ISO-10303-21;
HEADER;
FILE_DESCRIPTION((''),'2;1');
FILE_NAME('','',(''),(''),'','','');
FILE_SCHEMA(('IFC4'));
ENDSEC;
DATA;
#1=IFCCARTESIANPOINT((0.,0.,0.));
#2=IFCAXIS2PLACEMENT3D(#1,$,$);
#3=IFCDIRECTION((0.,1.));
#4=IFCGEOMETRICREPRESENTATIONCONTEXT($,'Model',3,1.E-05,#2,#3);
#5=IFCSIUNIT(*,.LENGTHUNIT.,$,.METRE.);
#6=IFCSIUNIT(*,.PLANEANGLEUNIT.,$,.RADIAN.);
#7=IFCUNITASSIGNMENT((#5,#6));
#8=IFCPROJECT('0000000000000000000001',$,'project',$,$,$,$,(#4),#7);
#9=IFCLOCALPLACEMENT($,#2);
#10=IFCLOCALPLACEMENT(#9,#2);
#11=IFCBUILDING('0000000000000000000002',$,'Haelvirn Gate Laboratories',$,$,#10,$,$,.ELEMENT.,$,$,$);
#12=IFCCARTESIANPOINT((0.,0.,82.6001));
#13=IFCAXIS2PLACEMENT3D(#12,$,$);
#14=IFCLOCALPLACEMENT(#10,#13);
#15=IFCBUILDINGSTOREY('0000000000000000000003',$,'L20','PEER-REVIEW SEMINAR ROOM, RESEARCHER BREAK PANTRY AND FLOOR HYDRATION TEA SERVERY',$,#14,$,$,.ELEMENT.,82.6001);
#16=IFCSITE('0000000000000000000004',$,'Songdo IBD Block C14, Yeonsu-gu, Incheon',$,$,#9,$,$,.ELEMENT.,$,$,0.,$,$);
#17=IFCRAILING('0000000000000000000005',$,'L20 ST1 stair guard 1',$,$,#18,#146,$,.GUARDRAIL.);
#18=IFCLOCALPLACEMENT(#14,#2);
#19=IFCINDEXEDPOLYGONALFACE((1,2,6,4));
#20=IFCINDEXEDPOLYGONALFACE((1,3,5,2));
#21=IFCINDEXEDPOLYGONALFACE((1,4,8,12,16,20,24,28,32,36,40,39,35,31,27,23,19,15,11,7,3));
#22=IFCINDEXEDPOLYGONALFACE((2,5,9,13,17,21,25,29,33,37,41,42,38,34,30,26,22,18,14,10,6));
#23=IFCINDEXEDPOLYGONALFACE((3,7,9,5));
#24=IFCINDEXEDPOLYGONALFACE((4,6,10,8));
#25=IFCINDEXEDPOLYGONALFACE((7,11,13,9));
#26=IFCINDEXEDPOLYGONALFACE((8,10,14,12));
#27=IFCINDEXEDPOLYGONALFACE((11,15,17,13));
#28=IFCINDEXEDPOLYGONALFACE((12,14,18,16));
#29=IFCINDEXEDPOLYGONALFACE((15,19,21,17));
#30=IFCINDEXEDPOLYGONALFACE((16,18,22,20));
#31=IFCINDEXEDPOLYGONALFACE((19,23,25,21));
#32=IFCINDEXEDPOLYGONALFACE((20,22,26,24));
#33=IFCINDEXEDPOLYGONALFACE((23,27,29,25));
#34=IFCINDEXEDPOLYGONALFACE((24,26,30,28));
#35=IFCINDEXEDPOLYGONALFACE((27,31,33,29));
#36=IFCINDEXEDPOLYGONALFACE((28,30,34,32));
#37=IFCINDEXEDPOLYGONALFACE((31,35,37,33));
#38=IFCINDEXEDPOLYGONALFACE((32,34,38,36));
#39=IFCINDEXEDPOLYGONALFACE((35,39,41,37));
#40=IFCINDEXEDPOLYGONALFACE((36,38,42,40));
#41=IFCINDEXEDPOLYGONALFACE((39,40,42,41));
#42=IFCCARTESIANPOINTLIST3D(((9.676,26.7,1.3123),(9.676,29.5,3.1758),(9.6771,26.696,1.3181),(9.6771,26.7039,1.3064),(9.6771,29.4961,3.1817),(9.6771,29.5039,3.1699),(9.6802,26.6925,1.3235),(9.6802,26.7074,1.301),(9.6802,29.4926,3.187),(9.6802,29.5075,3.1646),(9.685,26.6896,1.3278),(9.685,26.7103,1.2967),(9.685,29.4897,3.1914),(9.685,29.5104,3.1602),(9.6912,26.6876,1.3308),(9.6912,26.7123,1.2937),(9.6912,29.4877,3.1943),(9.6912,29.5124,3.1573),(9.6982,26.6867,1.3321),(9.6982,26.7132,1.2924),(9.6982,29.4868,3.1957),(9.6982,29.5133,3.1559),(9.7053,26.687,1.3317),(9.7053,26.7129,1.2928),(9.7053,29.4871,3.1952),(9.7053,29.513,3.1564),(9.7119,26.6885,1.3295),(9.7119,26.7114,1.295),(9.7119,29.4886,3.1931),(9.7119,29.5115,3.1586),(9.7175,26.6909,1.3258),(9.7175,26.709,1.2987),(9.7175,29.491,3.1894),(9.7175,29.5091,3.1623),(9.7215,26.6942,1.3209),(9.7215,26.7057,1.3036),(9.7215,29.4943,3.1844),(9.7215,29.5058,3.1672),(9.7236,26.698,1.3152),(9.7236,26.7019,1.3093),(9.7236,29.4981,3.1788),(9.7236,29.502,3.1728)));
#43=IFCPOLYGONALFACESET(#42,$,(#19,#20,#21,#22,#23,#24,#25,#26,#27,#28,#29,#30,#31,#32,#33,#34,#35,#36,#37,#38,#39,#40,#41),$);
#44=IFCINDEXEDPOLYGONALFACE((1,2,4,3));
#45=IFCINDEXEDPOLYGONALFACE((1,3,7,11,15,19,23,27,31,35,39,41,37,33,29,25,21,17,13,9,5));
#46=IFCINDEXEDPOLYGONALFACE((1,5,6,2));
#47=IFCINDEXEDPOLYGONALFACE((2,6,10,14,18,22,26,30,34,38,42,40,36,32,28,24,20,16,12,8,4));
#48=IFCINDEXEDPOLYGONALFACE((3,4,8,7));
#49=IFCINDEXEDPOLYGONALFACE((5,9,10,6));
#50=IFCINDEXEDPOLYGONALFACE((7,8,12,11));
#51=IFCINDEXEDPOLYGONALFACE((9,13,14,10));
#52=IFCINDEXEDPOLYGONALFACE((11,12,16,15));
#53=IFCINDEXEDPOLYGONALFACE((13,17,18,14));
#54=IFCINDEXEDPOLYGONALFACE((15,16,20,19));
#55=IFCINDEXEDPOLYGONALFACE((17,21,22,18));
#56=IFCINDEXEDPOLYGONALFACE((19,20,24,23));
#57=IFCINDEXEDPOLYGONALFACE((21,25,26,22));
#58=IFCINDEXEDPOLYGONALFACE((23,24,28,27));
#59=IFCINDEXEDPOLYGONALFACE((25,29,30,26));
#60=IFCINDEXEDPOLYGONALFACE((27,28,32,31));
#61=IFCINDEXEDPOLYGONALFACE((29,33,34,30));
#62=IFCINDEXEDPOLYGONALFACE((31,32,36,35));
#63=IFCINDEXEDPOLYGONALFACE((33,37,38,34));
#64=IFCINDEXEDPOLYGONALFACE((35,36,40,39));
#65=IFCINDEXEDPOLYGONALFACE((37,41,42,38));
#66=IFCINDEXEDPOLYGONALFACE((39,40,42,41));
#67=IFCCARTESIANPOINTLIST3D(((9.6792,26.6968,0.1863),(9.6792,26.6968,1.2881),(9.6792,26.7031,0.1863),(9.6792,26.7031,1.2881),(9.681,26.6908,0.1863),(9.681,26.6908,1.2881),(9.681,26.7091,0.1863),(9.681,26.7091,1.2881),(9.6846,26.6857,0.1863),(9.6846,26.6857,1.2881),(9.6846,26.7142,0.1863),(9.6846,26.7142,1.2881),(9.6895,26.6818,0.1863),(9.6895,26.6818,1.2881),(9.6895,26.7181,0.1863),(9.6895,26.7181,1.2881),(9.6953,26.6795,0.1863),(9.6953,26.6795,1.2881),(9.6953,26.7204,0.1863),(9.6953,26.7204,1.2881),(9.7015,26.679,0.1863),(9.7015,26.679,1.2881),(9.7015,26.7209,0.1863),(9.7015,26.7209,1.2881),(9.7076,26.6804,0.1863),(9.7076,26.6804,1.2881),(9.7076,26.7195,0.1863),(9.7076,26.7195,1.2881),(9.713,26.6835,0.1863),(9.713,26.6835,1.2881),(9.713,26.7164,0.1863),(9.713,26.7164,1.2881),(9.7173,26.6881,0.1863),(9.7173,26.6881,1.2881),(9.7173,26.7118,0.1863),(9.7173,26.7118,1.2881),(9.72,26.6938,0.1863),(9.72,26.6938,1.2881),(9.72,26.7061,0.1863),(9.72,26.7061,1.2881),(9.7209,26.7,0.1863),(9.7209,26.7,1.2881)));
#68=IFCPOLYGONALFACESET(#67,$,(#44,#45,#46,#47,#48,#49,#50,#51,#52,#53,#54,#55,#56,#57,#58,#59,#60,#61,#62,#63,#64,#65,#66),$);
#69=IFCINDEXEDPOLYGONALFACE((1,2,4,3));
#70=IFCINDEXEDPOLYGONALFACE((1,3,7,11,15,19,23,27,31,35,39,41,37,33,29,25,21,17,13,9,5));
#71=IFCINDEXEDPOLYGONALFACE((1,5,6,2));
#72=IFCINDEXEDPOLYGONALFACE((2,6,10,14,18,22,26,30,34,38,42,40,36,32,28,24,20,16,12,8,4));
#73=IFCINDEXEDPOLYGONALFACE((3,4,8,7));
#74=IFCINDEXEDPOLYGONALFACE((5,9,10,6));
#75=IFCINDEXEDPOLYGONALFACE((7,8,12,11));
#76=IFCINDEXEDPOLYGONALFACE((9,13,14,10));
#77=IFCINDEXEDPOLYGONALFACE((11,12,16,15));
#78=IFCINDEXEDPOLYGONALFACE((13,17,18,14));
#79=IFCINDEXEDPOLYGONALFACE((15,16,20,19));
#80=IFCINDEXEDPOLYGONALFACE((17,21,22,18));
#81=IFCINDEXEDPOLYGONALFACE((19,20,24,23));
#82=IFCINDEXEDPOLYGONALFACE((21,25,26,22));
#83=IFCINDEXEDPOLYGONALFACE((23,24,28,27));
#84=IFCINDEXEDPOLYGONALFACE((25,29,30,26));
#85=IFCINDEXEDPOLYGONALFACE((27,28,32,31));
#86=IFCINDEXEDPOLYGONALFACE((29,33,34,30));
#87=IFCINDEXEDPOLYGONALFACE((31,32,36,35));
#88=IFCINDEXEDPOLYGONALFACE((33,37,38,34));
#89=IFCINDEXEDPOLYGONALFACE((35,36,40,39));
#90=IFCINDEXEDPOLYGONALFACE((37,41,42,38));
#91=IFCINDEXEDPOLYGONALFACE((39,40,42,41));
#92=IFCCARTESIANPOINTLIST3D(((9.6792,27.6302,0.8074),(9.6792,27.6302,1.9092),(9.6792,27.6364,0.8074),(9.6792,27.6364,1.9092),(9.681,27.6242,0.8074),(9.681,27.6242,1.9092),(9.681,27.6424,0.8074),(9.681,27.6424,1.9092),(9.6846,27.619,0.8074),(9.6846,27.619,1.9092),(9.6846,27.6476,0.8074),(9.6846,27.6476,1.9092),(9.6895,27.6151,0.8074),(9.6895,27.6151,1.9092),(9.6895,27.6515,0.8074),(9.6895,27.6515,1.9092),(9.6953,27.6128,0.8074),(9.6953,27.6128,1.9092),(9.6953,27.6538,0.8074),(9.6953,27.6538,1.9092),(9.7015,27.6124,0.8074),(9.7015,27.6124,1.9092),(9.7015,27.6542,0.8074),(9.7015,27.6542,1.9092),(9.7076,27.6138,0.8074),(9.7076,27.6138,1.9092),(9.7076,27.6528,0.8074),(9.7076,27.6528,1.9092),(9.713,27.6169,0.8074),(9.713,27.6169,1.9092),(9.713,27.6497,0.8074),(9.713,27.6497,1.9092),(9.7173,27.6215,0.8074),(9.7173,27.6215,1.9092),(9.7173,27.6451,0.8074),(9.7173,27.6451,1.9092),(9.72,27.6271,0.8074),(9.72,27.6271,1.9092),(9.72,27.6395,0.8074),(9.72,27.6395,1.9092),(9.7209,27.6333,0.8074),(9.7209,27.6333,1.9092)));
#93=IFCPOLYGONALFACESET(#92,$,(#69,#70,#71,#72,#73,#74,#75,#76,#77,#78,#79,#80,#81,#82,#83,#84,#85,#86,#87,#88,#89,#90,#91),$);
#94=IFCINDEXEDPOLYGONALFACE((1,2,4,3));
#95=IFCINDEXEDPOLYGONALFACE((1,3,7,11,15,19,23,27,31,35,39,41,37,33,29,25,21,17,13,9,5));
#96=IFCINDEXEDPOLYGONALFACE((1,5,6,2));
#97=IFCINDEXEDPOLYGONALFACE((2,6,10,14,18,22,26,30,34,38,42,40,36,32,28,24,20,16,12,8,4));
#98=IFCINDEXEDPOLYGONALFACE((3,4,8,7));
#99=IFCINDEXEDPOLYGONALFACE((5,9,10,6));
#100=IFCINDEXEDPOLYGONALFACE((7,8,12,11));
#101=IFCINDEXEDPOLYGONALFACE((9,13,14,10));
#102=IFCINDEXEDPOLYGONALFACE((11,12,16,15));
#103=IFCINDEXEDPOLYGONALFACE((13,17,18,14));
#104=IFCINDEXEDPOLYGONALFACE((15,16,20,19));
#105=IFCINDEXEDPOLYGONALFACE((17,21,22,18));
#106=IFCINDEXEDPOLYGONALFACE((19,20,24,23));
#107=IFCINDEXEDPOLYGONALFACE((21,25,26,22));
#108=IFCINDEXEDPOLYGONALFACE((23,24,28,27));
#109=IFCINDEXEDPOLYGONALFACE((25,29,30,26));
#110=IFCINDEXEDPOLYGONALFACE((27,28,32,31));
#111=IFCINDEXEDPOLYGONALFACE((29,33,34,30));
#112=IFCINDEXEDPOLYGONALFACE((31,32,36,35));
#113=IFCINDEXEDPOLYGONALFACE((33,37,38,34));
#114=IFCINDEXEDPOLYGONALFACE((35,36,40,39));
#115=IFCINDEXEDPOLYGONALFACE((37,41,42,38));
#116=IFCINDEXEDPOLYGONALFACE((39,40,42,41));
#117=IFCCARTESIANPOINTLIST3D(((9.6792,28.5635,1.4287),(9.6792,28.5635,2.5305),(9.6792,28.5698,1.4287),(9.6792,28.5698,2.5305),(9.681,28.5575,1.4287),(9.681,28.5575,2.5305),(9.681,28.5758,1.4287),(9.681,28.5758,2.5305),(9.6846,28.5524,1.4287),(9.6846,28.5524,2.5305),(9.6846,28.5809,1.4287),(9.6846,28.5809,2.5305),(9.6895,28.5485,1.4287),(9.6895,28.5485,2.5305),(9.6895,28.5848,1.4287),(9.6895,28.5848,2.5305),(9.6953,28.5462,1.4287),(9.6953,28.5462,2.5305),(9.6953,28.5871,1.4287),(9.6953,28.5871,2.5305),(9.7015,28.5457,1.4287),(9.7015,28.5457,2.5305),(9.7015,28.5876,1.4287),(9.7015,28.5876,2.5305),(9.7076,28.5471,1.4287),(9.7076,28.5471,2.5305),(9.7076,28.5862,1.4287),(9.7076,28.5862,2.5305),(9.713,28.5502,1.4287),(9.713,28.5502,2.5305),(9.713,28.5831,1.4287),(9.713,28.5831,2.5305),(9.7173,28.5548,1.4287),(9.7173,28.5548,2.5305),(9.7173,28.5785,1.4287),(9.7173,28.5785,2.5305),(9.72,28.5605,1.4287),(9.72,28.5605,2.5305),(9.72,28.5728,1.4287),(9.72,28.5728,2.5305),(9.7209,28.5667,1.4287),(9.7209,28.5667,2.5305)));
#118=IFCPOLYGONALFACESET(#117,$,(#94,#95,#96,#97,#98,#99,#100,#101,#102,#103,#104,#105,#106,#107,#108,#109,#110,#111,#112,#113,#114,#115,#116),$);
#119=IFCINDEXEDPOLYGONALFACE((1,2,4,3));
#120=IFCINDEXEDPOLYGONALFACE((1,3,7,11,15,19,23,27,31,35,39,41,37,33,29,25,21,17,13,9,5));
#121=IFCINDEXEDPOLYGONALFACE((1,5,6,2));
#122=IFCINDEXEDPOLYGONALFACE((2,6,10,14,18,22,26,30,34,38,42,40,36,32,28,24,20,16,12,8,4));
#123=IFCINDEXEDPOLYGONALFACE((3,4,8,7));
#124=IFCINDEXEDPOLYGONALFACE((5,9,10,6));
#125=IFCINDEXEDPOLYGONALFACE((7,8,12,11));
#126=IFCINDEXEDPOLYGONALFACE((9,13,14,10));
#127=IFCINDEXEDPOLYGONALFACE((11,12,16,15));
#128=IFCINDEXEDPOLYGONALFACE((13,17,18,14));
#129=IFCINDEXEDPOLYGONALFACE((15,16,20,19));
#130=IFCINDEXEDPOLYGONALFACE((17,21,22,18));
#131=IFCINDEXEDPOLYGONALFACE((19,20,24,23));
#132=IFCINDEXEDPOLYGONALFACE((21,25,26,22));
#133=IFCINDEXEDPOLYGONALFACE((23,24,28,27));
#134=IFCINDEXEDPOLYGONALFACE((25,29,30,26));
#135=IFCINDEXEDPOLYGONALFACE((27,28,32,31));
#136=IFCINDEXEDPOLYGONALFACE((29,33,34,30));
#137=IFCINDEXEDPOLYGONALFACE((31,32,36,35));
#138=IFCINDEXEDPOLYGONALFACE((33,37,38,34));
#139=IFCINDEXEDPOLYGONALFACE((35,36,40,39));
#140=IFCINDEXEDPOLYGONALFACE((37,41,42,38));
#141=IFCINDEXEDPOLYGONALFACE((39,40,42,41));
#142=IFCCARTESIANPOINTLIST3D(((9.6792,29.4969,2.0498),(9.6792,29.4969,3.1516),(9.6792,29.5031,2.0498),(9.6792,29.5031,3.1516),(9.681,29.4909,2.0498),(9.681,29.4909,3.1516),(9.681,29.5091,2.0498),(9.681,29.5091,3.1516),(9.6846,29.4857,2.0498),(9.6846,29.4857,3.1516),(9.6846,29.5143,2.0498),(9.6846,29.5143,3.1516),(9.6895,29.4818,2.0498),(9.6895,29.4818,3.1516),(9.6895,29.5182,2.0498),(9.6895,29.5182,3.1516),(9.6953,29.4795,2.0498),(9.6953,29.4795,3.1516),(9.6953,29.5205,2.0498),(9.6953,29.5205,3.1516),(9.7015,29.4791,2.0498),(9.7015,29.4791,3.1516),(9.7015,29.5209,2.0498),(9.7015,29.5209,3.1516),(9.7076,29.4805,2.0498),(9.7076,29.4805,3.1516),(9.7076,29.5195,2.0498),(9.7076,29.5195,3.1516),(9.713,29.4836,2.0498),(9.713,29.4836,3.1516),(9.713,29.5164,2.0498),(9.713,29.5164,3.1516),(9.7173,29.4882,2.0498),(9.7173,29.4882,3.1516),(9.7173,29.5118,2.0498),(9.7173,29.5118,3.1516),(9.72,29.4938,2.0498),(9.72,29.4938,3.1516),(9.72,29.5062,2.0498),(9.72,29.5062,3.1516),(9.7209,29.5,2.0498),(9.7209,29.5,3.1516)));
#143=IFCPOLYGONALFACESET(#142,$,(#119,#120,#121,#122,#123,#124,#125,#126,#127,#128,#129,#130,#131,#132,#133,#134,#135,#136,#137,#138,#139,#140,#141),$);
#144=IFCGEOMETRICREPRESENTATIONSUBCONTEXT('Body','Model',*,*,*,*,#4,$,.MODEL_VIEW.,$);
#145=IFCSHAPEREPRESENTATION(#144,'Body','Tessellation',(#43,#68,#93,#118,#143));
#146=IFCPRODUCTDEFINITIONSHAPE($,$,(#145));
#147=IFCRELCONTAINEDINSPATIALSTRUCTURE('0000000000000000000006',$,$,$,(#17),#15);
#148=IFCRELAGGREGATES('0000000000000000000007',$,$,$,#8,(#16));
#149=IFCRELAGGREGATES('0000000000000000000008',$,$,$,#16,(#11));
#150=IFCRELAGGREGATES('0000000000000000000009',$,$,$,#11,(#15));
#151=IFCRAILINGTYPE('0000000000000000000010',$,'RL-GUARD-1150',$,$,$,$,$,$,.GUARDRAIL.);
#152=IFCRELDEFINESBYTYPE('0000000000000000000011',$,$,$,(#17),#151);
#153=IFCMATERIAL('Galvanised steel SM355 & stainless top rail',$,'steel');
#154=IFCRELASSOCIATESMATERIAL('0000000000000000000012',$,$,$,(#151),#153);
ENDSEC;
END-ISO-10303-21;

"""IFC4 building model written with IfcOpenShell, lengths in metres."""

from ifc_helpers import new_model, si_unit, direction, frame, origin, origin_2d, place, context, subcontext, project, spatial, circle, extrude, source, transform, mapped, material, type_object, element, save


model = new_model("IFC4")

# Units and contexts
model_context = context("Model", 3, precision=1e-05, world=origin(), true_north=direction((0.0, 1.0)))
body_context = subcontext(model_context, "Body", "Model", "MODEL_VIEW")
ifc_project = project(units=[si_unit("LENGTHUNIT", "METRE"), si_unit("PLANEANGLEUNIT", "RADIAN")], contexts=[model_context])

# Site, building, storey
site_placement = place(None, origin())
site = spatial("IfcSite", under=ifc_project, at=site_placement, Name="Songdo IBD Block C14, Yeonsu-gu, Incheon", CompositionType="ELEMENT", RefElevation=0.0)
building_placement = place(site_placement, origin())
building = spatial("IfcBuilding", under=site, at=building_placement, Name="Haelvirn Gate Laboratories", CompositionType="ELEMENT")
storey_placement = place(building_placement, frame((0.0, 0.0, 82.6001)))
storey = spatial("IfcBuildingStorey", under=building, at=storey_placement, Name="L20", Description="PEER-REVIEW SEMINAR ROOM, RESEARCHER BREAK PANTRY AND FLOOR HYDRATION TEA SERVERY", CompositionType="ELEMENT", Elevation=82.6001)

# Railing
ifc_material_1 = material(Name="Galvanised steel SM355 & stainless top rail", Category="steel")
railing_type_1 = type_object("IfcRailingType", Name="RL-GUARD-1150", PredefinedType="GUARDRAIL", material=ifc_material_1)
shared_shape_1 = source(origin(), body_context, "Body", "SweptSolid", [
    extrude(circle(Radius=0.0239, at=origin_2d()), frame((0.0, 0.0, 1.126), z_axis=(0.0, 0.832486, 0.554047), x_axis=(-1.0, 0.0, 0.0)), (0.0, 0.0, 1.0), 3.3635),
    extrude(circle(Radius=0.021, at=origin_2d()), origin(), (0.0, 0.0, 1.0), 1.1018),
    extrude(circle(Radius=0.021, at=origin_2d()), frame((0.0, 0.9333, 0.6211)), (0.0, 0.0, 1.0), 1.1018),
    extrude(circle(Radius=0.021, at=origin_2d()), frame((0.0, 1.8667, 1.2424)), (0.0, 0.0, 1.0), 1.1018),
    extrude(circle(Radius=0.021, at=origin_2d()), frame((0.0, 2.8, 1.8635)), (0.0, 0.0, 1.0), 1.1018),
])
railing_1_placement = place(storey_placement, frame((9.7, 26.7, 0.1863)))
element("IfcRailing", 1, at=railing_1_placement, inside=storey, type_object=railing_type_1, Name="L20 ST1 stair guard 1", PredefinedType="GUARDRAIL", context=body_context, shape_type="MappedRepresentation", body=[
    mapped(shared_shape_1, transform((0.0, 0.0, 0.0), scale=1.0)),
])

save(model, "model.ifc")
